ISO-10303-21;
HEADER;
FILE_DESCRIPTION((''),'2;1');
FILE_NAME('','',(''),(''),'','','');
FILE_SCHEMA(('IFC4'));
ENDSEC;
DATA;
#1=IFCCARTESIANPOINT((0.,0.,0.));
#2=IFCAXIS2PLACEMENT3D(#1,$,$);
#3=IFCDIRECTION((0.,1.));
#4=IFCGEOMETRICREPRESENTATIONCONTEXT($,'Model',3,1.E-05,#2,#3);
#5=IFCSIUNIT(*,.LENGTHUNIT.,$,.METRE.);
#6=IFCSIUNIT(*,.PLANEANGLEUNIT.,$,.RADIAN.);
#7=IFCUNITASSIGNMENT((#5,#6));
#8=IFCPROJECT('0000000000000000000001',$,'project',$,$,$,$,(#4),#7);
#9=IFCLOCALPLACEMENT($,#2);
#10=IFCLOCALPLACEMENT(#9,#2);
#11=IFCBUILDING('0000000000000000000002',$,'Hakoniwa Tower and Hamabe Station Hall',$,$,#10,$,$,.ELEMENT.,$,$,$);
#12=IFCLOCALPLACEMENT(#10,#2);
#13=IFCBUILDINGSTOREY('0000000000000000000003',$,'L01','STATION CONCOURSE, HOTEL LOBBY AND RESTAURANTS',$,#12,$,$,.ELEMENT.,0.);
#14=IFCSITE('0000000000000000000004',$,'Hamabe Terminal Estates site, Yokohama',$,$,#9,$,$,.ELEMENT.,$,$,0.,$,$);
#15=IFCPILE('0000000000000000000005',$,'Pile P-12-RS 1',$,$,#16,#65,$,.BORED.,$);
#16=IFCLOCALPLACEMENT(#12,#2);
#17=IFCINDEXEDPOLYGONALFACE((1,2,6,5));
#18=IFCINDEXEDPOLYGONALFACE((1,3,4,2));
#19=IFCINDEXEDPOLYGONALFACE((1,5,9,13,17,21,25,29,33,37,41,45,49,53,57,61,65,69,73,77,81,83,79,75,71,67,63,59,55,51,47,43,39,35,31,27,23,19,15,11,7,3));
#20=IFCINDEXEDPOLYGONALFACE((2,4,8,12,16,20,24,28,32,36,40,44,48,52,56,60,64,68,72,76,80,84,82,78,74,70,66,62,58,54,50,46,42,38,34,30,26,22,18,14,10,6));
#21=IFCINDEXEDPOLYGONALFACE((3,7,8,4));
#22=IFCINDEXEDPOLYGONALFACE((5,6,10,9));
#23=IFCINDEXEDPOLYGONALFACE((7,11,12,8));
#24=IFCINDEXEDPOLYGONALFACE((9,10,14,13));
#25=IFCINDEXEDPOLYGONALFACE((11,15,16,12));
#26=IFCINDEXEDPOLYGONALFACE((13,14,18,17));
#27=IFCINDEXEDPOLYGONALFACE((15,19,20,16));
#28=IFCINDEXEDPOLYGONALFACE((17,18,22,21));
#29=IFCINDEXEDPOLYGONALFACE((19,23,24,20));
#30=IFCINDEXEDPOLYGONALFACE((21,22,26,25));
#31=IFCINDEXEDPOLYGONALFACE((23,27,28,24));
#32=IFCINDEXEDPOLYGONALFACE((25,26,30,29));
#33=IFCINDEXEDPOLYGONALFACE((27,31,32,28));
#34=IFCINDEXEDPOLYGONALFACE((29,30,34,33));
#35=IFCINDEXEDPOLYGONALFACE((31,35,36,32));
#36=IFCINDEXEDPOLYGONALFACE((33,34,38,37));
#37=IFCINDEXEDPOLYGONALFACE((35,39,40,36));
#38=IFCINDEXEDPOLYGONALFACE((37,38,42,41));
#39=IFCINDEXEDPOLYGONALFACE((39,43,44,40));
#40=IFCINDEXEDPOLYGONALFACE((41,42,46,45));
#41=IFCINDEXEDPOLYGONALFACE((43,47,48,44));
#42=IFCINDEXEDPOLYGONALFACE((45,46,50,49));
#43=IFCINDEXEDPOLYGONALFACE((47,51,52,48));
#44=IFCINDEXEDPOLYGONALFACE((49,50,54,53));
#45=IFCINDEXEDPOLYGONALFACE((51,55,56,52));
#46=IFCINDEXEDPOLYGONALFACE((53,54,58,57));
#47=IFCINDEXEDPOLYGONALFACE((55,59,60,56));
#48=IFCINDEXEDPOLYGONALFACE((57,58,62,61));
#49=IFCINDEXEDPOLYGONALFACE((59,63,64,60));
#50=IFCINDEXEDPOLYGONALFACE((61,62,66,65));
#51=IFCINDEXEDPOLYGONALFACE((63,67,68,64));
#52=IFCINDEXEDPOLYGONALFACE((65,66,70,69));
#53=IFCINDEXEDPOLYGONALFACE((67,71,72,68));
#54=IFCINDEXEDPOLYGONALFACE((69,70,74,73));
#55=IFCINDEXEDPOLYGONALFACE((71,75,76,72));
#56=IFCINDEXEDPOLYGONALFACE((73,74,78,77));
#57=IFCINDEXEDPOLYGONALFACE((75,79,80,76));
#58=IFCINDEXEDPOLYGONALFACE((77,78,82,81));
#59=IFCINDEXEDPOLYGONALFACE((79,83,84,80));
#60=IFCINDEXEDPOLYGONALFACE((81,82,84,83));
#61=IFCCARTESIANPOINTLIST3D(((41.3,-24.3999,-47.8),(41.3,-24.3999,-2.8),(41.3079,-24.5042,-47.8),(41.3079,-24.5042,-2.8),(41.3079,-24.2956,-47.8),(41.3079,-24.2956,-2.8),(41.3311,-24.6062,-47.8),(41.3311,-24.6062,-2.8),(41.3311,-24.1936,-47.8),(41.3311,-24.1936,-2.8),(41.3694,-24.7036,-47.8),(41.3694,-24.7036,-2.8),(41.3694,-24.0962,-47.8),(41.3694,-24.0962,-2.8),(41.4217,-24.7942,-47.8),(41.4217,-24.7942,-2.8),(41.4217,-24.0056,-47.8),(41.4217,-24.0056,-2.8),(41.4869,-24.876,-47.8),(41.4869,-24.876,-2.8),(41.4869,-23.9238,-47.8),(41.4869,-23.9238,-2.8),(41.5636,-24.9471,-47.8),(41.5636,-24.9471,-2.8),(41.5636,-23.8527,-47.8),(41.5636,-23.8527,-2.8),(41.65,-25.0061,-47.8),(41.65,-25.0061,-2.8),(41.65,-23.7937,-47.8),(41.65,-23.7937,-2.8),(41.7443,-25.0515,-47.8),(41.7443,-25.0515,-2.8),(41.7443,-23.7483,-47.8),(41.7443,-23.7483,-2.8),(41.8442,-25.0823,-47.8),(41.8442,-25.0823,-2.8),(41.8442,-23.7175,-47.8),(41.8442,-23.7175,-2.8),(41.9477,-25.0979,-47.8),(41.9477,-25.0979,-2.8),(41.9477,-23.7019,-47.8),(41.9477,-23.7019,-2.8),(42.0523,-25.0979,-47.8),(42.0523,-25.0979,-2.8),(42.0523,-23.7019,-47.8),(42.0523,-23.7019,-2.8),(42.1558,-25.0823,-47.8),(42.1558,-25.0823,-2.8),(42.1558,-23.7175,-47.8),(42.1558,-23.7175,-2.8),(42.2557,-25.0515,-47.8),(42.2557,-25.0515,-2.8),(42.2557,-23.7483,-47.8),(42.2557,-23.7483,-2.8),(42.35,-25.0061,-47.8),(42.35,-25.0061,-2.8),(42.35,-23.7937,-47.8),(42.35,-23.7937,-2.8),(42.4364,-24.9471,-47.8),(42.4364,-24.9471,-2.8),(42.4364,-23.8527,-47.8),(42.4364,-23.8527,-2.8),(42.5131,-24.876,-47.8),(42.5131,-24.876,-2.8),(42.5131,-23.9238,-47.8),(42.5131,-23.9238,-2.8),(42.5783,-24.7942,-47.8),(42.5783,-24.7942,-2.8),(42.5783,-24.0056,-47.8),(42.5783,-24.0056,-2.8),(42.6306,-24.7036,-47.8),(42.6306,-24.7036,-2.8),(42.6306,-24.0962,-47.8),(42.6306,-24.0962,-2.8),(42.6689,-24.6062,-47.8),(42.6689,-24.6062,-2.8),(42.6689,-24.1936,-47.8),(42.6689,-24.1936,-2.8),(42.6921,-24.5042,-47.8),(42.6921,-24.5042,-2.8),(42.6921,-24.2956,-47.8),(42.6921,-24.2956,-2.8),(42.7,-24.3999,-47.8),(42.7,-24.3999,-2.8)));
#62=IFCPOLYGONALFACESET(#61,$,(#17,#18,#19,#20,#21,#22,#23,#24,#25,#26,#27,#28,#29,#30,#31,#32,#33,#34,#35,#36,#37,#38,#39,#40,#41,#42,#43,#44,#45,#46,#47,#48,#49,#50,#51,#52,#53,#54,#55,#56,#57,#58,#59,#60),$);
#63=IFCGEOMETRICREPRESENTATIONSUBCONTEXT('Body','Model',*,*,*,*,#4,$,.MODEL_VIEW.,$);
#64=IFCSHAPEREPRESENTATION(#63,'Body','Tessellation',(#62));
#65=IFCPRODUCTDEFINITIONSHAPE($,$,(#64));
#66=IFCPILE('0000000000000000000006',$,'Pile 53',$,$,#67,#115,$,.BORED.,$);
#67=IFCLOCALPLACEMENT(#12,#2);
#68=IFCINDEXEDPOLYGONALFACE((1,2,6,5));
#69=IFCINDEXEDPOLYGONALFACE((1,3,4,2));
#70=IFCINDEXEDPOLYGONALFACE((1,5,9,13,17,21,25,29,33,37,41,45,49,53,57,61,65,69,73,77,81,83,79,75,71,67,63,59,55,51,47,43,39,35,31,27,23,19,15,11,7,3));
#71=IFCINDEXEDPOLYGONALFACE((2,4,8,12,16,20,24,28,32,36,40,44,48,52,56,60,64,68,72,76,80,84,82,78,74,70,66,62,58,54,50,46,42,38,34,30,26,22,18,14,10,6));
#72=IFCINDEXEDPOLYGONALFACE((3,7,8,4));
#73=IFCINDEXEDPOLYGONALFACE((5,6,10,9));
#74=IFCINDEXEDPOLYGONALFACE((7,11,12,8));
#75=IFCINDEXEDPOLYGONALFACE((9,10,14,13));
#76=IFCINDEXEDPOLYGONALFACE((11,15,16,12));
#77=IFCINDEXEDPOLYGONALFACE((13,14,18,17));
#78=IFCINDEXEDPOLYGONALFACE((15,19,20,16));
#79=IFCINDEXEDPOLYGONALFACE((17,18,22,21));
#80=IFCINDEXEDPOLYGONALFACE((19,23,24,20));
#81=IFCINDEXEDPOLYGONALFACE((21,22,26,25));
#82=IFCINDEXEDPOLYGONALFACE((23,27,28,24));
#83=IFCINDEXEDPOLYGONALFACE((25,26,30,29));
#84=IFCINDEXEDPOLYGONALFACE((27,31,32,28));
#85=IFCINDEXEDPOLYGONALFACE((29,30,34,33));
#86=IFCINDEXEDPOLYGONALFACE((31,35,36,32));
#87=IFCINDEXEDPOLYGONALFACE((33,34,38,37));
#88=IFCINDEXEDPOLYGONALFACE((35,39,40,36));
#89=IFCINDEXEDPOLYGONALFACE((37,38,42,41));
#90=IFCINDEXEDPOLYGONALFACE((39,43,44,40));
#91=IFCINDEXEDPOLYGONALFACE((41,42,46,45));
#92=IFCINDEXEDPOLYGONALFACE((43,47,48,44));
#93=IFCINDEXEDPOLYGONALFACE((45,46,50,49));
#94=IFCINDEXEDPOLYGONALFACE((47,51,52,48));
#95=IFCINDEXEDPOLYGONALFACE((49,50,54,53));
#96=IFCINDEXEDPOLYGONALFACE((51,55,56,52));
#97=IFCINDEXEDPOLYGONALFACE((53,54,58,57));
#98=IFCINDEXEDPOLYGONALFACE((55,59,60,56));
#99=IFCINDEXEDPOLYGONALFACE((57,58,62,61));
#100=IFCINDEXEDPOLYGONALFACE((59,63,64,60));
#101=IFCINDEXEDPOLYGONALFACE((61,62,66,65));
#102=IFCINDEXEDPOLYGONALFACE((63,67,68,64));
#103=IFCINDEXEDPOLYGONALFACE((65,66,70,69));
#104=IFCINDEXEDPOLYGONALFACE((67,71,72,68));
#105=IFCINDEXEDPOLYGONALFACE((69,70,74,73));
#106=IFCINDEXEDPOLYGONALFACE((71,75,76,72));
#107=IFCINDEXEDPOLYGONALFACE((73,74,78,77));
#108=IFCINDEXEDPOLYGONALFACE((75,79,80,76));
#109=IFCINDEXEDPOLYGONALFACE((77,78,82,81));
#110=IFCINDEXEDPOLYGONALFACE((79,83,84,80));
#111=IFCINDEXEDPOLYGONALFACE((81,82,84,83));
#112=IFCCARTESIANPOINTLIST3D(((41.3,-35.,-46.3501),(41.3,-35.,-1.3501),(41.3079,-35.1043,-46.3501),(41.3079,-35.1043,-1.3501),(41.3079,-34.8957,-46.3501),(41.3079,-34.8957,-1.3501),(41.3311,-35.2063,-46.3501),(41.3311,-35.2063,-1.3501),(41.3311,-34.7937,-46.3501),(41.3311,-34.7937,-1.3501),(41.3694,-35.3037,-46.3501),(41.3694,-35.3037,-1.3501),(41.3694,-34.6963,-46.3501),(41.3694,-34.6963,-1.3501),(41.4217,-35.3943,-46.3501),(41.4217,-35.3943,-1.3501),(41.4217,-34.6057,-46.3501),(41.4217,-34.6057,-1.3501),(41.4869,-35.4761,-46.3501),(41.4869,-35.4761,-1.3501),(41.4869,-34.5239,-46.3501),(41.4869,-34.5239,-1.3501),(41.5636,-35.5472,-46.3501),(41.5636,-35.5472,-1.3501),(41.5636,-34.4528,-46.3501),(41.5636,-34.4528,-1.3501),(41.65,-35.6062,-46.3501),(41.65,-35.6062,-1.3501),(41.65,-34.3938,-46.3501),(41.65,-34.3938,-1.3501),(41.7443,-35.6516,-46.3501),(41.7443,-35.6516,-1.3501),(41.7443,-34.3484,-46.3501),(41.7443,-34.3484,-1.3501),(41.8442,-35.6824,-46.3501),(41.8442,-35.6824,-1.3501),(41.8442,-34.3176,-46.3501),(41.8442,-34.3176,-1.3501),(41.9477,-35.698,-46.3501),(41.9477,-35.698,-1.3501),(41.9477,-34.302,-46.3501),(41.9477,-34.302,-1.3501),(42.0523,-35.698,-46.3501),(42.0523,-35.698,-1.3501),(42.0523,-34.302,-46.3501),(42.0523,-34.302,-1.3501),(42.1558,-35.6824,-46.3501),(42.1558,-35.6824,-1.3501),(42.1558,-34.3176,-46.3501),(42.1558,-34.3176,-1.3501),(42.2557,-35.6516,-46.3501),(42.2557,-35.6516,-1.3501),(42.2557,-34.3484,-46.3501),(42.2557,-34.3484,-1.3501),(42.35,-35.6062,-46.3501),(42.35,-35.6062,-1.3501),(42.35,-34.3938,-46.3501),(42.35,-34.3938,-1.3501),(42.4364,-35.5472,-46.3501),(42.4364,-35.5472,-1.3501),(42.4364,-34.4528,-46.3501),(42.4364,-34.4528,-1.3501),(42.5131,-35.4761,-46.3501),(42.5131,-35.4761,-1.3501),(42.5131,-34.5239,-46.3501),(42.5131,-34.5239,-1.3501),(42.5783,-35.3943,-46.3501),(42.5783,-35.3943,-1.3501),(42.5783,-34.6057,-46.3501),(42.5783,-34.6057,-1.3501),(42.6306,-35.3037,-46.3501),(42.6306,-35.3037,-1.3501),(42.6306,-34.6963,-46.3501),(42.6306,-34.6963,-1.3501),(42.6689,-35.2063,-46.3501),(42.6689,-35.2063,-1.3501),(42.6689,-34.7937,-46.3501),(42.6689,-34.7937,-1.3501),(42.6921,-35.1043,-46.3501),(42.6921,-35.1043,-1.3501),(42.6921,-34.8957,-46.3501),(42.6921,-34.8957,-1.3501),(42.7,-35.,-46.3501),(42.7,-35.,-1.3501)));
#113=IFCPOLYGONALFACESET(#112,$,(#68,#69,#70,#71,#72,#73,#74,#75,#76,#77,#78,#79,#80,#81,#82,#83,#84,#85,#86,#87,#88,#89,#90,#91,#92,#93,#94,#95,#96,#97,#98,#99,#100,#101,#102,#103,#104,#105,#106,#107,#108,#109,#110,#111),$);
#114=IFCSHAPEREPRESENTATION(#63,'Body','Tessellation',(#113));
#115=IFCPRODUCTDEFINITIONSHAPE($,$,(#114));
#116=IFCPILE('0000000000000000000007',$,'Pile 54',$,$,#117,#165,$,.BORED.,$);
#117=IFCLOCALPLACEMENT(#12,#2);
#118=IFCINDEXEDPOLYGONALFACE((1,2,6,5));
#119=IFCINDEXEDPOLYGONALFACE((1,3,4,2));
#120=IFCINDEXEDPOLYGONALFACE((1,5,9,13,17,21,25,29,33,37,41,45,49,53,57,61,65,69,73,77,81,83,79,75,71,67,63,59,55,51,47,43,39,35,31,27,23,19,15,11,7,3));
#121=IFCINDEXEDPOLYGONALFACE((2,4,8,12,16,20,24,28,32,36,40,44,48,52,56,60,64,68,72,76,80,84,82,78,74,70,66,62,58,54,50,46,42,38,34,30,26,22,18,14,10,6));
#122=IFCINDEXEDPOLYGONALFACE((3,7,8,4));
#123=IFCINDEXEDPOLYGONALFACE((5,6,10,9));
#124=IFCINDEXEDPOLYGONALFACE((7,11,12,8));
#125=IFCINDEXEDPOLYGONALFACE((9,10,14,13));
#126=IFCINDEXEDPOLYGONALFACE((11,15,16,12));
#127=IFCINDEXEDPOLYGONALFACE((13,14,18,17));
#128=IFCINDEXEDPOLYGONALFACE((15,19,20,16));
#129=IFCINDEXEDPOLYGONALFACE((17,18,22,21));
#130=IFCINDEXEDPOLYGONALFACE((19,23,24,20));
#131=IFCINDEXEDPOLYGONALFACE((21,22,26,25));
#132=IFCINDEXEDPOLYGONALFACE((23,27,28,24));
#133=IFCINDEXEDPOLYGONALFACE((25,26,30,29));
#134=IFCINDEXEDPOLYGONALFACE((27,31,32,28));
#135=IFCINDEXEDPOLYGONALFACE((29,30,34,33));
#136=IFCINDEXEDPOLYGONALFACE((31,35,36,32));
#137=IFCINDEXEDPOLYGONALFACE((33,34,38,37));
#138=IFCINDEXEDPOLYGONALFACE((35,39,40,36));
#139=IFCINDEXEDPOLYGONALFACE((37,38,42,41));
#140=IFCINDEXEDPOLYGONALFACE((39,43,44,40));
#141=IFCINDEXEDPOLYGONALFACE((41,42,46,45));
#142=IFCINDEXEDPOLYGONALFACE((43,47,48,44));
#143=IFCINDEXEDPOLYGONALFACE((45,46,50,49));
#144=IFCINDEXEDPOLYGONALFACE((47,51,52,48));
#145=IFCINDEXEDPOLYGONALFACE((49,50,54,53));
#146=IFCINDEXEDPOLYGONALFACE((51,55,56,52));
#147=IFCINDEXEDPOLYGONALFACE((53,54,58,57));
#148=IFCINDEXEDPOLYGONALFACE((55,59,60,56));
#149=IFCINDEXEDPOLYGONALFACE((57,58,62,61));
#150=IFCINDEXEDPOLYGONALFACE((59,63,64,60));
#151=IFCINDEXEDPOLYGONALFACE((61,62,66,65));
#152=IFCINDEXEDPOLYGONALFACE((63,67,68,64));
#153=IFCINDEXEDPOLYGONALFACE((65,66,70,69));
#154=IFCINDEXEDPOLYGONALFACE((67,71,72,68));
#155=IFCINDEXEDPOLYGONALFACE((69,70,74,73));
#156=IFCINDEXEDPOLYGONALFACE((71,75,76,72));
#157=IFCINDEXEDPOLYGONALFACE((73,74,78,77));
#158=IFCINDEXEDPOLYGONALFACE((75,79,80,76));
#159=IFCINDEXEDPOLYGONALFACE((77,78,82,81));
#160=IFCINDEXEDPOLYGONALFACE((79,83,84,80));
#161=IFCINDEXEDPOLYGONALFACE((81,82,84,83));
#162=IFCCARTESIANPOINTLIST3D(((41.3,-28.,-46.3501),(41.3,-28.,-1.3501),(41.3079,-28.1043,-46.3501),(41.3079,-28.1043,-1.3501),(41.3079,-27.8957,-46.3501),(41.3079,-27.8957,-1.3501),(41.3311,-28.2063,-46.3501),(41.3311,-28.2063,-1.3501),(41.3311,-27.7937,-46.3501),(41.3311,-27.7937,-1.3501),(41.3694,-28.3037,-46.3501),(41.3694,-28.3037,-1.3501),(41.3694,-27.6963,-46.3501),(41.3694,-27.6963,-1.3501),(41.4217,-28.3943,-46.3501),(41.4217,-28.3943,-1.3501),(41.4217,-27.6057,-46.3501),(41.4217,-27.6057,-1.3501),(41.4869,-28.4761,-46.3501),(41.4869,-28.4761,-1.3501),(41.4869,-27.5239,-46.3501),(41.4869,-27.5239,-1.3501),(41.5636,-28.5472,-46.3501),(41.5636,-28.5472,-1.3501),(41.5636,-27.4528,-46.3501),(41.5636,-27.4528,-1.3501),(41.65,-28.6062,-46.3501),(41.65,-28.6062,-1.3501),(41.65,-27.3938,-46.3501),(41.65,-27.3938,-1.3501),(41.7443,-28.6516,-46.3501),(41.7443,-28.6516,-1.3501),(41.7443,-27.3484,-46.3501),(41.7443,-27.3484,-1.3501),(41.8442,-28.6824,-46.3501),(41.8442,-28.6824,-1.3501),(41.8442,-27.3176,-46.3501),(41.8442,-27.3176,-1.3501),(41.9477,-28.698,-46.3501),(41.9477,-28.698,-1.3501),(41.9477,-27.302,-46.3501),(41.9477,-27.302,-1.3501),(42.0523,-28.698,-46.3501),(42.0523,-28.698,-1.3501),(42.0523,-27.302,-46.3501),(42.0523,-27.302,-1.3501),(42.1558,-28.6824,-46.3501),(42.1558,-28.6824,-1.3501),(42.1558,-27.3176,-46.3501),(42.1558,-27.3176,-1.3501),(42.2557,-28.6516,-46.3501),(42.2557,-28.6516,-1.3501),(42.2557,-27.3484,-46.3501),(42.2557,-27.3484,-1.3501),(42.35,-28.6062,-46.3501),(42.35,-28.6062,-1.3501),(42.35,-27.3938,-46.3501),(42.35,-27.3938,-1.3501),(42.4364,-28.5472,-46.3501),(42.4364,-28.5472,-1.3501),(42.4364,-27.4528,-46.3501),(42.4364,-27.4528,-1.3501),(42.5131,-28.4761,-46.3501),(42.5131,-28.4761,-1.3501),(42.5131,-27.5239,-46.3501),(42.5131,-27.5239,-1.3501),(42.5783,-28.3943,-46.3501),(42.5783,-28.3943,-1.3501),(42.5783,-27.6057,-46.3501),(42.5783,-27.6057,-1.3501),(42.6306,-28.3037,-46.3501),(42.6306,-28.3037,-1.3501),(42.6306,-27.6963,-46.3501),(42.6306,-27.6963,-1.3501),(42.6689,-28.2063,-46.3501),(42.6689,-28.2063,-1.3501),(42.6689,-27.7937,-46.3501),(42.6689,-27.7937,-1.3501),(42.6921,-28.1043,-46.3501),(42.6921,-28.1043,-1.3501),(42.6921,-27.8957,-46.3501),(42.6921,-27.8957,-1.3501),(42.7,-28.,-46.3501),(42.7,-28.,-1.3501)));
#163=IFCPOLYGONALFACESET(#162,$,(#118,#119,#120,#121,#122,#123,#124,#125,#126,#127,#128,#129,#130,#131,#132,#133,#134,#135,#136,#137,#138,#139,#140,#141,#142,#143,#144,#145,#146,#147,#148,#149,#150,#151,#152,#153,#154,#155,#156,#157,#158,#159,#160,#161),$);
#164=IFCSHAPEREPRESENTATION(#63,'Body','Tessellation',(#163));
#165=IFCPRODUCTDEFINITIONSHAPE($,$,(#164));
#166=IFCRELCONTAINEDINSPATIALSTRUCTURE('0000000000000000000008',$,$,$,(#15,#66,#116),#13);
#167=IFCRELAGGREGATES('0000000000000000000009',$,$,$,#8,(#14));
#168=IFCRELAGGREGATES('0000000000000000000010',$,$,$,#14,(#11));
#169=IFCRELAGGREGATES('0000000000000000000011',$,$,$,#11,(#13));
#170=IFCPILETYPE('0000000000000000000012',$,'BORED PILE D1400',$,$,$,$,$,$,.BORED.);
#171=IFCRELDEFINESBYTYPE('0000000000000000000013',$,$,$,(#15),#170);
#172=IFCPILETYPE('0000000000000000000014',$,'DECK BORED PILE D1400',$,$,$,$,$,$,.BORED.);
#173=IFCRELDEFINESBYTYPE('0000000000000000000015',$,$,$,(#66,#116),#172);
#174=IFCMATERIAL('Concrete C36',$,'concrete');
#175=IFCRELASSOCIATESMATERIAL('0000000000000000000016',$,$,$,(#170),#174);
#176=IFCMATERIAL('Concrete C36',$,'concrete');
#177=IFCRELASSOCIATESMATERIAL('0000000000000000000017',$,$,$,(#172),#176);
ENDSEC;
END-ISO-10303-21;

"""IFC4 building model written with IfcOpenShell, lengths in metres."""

from ifc_helpers import new_model, si_unit, direction, frame, origin, origin_2d, place, context, subcontext, project, spatial, circle, extrude, material, material_profile, profile_set, type_object, element, save


model = new_model("IFC4")

# Units and contexts
model_context = context("Model", 3, precision=1e-05, world=origin(), true_north=direction((0.0, 1.0)))
body_context = subcontext(model_context, "Body", "Model", "MODEL_VIEW")
ifc_project = project(units=[si_unit("LENGTHUNIT", "METRE"), si_unit("PLANEANGLEUNIT", "RADIAN")], contexts=[model_context])

# Site, building, storey
site_placement = place(None, origin())
site = spatial("IfcSite", under=ifc_project, at=site_placement, Name="Hamabe Terminal Estates site, Yokohama", CompositionType="ELEMENT", RefElevation=0.0)
building_placement = place(site_placement, origin())
building = spatial("IfcBuilding", under=site, at=building_placement, Name="Hakoniwa Tower and Hamabe Station Hall", CompositionType="ELEMENT")
storey_placement = place(building_placement, origin())
storey = spatial("IfcBuildingStorey", under=building, at=storey_placement, Name="L01", Description="STATION CONCOURSE, HOTEL LOBBY AND RESTAURANTS", CompositionType="ELEMENT", Elevation=0.0)

# Piles
ifc_material_1 = material(Name="Concrete C36", Category="concrete")
ifc_material_profile_1 = material_profile(ifc_material_1, circle(Radius=0.7, at=origin_2d()), Name="BORED PILE D1400")
ifc_profile_set_1 = profile_set([ifc_material_profile_1], Name="Concrete C36")
pile_type_1 = type_object("IfcPileType", Name="BORED PILE D1400", PredefinedType="BORED", material=ifc_profile_set_1)
pile_placement = place(storey_placement, frame((42.0, -24.3999, -2.8), z_axis=(0.0, 0.0, -1.0), x_axis=(1.0, 0.0, 0.0)))
element("IfcPile", 1, at=pile_placement, inside=storey, type_object=pile_type_1, Name="Pile P-12-RS 1", PredefinedType="BORED", context=body_context, shape_type="SweptSolid", body=[
    extrude(circle(Radius=0.7, at=origin_2d()), origin(), (0.0, 0.0, 1.0), 45.0),
])
ifc_material_2 = material(Name="Concrete C36", Category="concrete")
ifc_material_profile_2 = material_profile(ifc_material_2, circle(Radius=0.7, at=origin_2d()), Name="DECK BORED PILE D1400")
ifc_profile_set_2 = profile_set([ifc_material_profile_2], Name="Concrete C36")
pile_type_2 = type_object("IfcPileType", Name="DECK BORED PILE D1400", PredefinedType="BORED", material=ifc_profile_set_2)
for number, where, z_axis, x_axis, name in (
    (2, (42.0, -35.0, -1.3501), (0.0, 0.0, -1.0), (1.0, 0.0, 0.0), "Pile 53"),
    (3, (42.0, -28.0, -1.3501), (0.0, 0.0, -1.0), (1.0, 0.0, 0.0), "Pile 54"),
):
    element("IfcPile", number, at=place(storey_placement, frame(where, z_axis=z_axis, x_axis=x_axis)), inside=storey, type_object=pile_type_2, Name=name, PredefinedType="BORED", context=body_context, shape_type="SweptSolid", body=[
        extrude(circle(Radius=0.7, at=origin_2d()), origin(), (0.0, 0.0, 1.0), 45.0),
    ])

save(model, "model.ifc")
